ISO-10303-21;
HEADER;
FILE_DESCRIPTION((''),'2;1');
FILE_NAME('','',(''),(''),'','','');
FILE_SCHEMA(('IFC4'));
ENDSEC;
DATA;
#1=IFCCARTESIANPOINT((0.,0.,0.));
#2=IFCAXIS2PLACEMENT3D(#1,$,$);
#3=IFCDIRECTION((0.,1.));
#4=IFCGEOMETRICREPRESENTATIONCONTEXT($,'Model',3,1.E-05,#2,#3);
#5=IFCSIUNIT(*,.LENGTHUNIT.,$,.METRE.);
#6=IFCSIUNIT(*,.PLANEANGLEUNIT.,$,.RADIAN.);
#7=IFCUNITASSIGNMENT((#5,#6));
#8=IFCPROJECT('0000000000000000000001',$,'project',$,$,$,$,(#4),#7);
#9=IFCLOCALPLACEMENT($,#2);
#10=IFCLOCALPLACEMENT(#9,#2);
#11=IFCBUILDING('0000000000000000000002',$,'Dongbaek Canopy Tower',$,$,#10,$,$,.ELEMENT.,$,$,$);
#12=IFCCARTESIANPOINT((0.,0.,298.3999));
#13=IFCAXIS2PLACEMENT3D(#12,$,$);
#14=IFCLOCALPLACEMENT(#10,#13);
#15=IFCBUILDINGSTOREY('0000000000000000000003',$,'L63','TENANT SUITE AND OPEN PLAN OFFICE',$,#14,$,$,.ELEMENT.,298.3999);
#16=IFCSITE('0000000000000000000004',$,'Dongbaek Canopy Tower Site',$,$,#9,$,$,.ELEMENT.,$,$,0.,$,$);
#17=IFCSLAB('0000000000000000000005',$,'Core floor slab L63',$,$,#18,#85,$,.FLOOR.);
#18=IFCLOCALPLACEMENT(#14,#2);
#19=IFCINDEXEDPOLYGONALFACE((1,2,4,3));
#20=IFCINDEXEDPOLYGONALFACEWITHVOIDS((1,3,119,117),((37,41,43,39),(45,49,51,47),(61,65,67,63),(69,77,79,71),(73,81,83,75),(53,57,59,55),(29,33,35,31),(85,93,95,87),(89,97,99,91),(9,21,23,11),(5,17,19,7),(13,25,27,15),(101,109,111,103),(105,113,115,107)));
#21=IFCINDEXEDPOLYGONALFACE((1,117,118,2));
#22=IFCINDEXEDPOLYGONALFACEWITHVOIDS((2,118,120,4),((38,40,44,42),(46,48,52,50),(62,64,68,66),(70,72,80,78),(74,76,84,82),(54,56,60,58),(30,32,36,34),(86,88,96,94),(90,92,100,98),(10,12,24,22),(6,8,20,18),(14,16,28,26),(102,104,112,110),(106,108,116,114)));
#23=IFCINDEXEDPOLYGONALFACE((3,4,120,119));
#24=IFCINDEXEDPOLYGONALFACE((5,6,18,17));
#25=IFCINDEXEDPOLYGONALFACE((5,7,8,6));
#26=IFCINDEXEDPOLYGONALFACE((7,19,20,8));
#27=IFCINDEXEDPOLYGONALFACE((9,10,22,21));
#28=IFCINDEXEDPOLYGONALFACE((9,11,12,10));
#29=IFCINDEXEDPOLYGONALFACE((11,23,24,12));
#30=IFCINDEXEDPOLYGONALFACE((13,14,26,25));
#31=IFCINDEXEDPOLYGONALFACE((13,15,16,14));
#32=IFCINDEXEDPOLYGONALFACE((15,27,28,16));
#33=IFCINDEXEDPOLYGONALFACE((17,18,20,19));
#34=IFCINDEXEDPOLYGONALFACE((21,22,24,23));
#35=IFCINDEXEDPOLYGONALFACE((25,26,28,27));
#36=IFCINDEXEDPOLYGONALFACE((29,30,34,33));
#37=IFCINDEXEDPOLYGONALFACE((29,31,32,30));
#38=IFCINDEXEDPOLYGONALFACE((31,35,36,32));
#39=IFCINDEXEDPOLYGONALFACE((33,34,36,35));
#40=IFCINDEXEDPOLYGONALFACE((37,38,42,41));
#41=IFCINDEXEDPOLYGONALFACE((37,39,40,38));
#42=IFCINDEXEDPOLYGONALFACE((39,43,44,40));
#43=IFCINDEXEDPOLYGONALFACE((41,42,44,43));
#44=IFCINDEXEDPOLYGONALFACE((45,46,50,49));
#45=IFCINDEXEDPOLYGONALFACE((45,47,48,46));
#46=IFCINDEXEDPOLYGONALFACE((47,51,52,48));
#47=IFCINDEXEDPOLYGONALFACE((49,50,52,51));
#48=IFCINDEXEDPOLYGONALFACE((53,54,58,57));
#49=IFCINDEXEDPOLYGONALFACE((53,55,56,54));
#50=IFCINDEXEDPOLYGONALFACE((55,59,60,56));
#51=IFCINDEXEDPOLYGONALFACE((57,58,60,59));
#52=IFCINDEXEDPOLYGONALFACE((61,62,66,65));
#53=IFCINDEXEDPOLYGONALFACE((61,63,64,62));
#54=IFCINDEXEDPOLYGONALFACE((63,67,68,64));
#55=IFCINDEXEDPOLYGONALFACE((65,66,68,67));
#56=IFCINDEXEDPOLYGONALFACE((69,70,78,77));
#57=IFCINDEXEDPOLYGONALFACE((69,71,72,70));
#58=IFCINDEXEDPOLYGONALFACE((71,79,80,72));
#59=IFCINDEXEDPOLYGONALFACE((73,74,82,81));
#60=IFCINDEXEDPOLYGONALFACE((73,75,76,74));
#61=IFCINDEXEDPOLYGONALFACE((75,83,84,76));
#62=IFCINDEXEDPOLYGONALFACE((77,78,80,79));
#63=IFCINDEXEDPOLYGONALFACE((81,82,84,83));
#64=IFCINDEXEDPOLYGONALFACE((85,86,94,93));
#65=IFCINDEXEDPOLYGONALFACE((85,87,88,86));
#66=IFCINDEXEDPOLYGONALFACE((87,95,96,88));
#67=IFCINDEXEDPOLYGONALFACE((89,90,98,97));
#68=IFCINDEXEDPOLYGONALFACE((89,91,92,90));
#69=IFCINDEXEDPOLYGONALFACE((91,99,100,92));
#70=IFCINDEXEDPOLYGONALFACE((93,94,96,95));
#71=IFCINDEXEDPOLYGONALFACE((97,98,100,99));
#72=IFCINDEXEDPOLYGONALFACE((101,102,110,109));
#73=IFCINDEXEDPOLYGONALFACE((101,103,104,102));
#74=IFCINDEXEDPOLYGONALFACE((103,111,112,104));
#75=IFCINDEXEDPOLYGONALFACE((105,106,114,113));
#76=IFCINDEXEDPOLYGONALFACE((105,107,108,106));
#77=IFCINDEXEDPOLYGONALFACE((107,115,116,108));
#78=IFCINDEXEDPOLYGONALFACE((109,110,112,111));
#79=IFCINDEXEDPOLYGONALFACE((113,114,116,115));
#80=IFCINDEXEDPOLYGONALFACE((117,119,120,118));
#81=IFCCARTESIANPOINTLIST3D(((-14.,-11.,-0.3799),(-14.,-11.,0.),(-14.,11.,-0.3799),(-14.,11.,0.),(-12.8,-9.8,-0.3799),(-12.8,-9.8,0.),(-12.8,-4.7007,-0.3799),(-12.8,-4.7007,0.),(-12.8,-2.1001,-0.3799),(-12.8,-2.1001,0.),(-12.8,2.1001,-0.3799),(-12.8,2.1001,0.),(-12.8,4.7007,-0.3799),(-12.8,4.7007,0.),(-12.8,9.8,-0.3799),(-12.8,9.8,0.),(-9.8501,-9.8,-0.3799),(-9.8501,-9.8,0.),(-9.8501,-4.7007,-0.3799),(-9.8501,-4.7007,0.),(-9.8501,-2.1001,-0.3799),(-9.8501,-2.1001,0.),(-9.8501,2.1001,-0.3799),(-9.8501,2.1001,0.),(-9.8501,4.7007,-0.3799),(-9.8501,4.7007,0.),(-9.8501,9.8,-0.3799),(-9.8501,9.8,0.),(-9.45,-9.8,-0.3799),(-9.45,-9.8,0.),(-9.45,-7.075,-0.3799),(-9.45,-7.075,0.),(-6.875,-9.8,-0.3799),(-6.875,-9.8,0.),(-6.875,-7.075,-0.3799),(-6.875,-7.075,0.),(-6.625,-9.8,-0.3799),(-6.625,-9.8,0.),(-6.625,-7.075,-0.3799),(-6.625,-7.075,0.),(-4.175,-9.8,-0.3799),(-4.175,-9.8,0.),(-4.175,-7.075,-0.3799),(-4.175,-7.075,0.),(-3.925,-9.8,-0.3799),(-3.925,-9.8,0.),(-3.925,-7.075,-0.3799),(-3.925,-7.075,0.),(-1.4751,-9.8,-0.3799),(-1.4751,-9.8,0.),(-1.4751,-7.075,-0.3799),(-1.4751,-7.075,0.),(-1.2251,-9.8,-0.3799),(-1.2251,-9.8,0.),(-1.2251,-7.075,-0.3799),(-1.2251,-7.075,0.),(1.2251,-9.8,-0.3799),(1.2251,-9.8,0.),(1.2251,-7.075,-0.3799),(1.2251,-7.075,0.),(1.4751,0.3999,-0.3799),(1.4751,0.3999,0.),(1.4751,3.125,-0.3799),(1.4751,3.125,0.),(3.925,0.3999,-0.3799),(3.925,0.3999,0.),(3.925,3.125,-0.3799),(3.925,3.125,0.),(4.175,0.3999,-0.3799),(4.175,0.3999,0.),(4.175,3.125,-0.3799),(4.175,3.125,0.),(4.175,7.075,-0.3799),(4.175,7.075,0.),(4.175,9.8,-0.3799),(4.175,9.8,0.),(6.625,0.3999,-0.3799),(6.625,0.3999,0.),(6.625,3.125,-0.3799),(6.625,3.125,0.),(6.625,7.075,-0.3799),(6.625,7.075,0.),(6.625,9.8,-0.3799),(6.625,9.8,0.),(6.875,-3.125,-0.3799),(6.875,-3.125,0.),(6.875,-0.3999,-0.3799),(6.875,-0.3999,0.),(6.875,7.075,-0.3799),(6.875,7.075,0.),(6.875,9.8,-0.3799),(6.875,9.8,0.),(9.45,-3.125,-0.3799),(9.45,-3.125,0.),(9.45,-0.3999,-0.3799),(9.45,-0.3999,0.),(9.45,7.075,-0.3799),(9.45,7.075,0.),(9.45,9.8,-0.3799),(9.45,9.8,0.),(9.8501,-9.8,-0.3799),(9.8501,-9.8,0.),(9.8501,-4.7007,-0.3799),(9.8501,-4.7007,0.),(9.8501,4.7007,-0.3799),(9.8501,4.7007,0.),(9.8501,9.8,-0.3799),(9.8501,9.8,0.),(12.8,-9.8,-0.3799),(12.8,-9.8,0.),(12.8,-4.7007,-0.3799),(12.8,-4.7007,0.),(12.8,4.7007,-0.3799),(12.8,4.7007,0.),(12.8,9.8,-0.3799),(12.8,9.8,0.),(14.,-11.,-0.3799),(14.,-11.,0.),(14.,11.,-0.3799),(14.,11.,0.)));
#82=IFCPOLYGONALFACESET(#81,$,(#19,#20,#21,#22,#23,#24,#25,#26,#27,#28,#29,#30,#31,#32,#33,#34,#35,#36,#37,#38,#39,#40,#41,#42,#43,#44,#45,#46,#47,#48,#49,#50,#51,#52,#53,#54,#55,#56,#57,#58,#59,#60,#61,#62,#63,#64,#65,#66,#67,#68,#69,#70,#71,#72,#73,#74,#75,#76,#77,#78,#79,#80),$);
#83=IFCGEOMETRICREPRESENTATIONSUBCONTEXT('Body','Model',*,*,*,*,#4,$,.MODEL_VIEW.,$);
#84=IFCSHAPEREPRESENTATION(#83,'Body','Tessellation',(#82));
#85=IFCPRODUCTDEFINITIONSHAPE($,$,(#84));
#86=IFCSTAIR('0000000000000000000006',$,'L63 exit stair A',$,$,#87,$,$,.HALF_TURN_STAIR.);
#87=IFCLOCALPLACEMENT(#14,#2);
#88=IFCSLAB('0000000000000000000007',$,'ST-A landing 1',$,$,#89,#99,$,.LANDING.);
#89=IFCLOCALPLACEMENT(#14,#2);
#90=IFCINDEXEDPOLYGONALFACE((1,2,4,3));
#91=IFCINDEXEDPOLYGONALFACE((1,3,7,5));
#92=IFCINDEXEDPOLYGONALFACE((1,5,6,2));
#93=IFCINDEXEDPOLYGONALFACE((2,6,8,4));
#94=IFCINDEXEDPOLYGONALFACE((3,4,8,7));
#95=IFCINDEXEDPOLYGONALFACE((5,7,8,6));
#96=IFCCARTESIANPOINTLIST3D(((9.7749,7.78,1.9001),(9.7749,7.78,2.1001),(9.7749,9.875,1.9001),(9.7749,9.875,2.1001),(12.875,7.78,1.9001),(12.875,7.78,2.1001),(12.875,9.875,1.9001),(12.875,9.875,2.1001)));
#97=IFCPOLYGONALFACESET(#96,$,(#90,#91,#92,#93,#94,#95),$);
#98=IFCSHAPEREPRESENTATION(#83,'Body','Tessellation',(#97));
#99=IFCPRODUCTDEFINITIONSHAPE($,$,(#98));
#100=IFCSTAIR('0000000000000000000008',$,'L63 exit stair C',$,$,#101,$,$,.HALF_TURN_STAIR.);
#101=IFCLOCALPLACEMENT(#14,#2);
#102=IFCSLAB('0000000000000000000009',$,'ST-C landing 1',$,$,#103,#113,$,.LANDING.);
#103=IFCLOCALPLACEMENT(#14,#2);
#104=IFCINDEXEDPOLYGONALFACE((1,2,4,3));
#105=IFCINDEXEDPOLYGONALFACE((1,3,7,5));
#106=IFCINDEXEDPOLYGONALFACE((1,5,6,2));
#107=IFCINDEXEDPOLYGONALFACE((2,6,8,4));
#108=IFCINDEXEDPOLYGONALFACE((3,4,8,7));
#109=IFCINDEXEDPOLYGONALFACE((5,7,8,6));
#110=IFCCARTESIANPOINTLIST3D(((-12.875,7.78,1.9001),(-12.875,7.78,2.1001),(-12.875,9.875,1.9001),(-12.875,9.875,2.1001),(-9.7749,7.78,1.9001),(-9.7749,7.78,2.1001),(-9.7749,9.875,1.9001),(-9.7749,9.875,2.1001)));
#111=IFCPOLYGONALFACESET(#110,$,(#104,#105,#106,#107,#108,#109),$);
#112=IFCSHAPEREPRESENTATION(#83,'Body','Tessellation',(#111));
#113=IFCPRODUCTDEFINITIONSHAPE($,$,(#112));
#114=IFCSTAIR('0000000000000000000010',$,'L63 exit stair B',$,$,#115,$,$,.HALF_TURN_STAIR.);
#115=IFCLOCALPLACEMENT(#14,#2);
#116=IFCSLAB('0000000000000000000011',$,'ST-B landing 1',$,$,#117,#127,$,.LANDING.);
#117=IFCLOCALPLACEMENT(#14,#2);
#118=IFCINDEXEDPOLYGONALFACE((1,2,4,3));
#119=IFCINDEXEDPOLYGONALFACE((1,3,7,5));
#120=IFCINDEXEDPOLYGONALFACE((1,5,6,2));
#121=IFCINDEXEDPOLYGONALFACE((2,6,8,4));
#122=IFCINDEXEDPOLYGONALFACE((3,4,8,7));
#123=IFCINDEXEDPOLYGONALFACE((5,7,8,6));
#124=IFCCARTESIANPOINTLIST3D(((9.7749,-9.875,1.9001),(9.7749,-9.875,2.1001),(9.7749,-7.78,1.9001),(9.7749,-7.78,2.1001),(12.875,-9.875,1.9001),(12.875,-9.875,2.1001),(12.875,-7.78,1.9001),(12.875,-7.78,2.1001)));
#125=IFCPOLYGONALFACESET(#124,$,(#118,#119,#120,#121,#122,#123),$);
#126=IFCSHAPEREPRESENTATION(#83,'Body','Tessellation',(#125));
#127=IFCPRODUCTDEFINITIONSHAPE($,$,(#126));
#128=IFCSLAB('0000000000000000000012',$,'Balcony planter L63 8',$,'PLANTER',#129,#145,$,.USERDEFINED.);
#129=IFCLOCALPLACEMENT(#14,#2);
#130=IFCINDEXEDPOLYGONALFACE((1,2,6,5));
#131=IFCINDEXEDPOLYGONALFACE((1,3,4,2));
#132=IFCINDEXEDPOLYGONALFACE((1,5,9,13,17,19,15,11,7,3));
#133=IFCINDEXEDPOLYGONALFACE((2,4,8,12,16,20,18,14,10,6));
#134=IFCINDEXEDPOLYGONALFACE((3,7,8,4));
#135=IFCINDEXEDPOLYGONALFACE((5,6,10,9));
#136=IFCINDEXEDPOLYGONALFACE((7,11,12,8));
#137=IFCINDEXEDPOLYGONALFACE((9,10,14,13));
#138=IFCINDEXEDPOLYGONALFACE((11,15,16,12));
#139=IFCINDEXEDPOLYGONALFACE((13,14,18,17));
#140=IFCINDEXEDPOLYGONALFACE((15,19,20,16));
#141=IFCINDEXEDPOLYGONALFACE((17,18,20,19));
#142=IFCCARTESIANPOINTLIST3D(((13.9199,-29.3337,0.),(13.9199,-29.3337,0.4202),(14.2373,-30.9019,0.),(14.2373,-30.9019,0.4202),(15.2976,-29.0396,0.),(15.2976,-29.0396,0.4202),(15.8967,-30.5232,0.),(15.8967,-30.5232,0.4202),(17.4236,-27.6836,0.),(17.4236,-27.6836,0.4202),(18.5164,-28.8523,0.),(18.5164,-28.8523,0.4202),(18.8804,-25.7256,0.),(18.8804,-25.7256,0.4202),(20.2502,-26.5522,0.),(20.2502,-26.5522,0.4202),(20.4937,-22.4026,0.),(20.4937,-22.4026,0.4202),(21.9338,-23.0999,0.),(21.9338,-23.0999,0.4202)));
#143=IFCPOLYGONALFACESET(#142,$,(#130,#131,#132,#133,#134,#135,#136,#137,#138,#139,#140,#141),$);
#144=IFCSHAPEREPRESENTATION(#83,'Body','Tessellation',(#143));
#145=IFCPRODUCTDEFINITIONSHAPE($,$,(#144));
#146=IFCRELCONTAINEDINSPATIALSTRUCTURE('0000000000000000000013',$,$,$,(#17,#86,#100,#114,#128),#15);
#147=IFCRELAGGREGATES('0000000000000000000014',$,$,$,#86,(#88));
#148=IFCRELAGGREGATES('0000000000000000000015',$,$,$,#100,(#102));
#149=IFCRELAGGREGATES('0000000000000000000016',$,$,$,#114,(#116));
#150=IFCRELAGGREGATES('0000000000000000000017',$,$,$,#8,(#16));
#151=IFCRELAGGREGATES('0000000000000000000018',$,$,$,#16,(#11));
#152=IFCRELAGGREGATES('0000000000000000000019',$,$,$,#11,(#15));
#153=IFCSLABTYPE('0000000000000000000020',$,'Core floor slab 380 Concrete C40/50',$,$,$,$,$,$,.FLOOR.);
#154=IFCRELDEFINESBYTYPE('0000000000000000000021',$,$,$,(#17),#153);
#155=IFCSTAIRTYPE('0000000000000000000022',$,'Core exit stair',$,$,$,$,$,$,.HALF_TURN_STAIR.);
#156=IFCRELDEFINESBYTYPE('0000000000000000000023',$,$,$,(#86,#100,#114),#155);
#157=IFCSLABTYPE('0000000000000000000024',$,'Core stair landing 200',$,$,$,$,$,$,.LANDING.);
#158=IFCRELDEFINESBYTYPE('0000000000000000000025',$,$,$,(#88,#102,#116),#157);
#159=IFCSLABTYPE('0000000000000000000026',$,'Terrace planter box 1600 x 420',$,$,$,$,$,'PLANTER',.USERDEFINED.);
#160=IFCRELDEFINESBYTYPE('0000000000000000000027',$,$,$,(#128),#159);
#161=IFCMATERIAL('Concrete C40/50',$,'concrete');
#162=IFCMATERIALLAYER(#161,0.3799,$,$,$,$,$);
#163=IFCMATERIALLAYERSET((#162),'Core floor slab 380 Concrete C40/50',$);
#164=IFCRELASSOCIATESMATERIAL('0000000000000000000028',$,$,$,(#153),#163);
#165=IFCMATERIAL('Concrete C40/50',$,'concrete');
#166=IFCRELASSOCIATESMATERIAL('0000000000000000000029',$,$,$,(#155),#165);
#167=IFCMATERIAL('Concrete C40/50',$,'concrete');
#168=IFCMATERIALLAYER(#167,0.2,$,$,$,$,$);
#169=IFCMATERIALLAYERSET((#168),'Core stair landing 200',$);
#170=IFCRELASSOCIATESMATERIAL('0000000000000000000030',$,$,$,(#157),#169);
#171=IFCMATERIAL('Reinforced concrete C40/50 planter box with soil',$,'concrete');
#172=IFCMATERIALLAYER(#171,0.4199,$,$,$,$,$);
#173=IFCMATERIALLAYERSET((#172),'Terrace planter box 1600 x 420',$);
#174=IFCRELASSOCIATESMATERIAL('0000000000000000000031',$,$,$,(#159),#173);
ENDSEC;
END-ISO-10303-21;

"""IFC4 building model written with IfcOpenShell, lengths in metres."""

from ifc_helpers import new_model, si_unit, direction, frame, origin, place, context, subcontext, project, spatial, polyline, outline, extrude, material, layer, layer_set, type_object, element, aggregate, save


model = new_model("IFC4")

# Units and contexts
model_context = context("Model", 3, precision=1e-05, world=origin(), true_north=direction((0.0, 1.0)))
body_context = subcontext(model_context, "Body", "Model", "MODEL_VIEW")
ifc_project = project(units=[si_unit("LENGTHUNIT", "METRE"), si_unit("PLANEANGLEUNIT", "RADIAN")], contexts=[model_context])

# Site, building, storey
site_placement = place(None, origin())
site = spatial("IfcSite", under=ifc_project, at=site_placement, Name="Dongbaek Canopy Tower Site", CompositionType="ELEMENT", RefElevation=0.0)
building_placement = place(site_placement, origin())
building = spatial("IfcBuilding", under=site, at=building_placement, Name="Dongbaek Canopy Tower", CompositionType="ELEMENT")
storey_placement = place(building_placement, frame((0.0, 0.0, 298.3999)))
storey = spatial("IfcBuildingStorey", under=building, at=storey_placement, Name="L63", Description="TENANT SUITE AND OPEN PLAN OFFICE", CompositionType="ELEMENT", Elevation=298.3999)

# Slab
ifc_material_1 = material(Name="Concrete C40/50", Category="concrete")
ifc_layer_1 = layer(ifc_material_1, 0.3799)
ifc_layer_set_1 = layer_set([ifc_layer_1], Name="Core floor slab 380 Concrete C40/50")
slab_type_1 = type_object("IfcSlabType", Name="Core floor slab 380 Concrete C40/50", PredefinedType="FLOOR", material=ifc_layer_set_1)
slab_1_placement = place(storey_placement, frame((0.0, 0.0, -0.3799)))
element("IfcSlab", 1, at=slab_1_placement, inside=storey, type_object=slab_type_1, Name="Core floor slab L63", PredefinedType="FLOOR", context=body_context, shape_type="SweptSolid", body=[
    extrude(outline(polyline([(14.0, -11.0), (14.0, 11.0), (-14.0, 11.0), (-14.0, -11.0), (14.0, -11.0)]), holes=[polyline([(-12.8, 2.1001), (-9.8501, 2.1001), (-9.8501, -2.1001), (-12.8, -2.1001), (-12.8, 2.1001)]), polyline([(6.625, 9.8), (6.625, 7.075), (4.175, 7.075), (4.175, 9.8), (6.625, 9.8)]), polyline([(9.45, 7.075), (6.875, 7.075), (6.875, 9.8), (9.45, 9.8), (9.45, 7.075)]), polyline([(1.4751, 0.3999), (1.4751, 3.125), (3.925, 3.125), (3.925, 0.3999), (1.4751, 0.3999)]), polyline([(4.175, 0.3999), (4.175, 3.125), (6.625, 3.125), (6.625, 0.3999), (4.175, 0.3999)]), polyline([(9.45, -3.125), (6.875, -3.125), (6.875, -0.3999), (9.45, -0.3999), (9.45, -3.125)]), polyline([(-9.45, -7.075), (-6.875, -7.075), (-6.875, -9.8), (-9.45, -9.8), (-9.45, -7.075)]), polyline([(-6.625, -9.8), (-6.625, -7.075), (-4.175, -7.075), (-4.175, -9.8), (-6.625, -9.8)]), polyline([(-3.925, -9.8), (-3.925, -7.075), (-1.4751, -7.075), (-1.4751, -9.8), (-3.925, -9.8)]), polyline([(-1.2251, -9.8), (-1.2251, -7.075), (1.2251, -7.075), (1.2251, -9.8), (-1.2251, -9.8)]), polyline([(12.8, 4.7007), (12.8, 9.8), (9.8501, 9.8), (9.8501, 4.7007), (12.8, 4.7007)]), polyline([(-9.8501, 4.7007), (-9.8501, 9.8), (-12.8, 9.8), (-12.8, 4.7007), (-9.8501, 4.7007)]), polyline([(9.8501, -4.7007), (9.8501, -9.8), (12.8, -9.8), (12.8, -4.7007), (9.8501, -4.7007)]), polyline([(-12.8, -4.7007), (-12.8, -9.8), (-9.8501, -9.8), (-9.8501, -4.7007), (-12.8, -4.7007)])]), origin(), (0.0, 0.0, 1.0), 0.3799),
])

# Stairs, slabs
ifc_material_2 = material(Name="Concrete C40/50", Category="concrete")
stair_type = type_object("IfcStairType", Name="Core exit stair", PredefinedType="HALF_TURN_STAIR", material=ifc_material_2)
stair_1_placement = place(storey_placement, origin())
stair_1 = element("IfcStair", 2, at=stair_1_placement, inside=storey, type_object=stair_type, Name="L63 exit stair A", PredefinedType="HALF_TURN_STAIR")
ifc_material_3 = material(Name="Concrete C40/50", Category="concrete")
ifc_layer_2 = layer(ifc_material_3, 0.2)
ifc_layer_set_2 = layer_set([ifc_layer_2], Name="Core stair landing 200")
slab_type_2 = type_object("IfcSlabType", Name="Core stair landing 200", PredefinedType="LANDING", material=ifc_layer_set_2)
slab_2_placement = place(storey_placement, frame((0.0, 0.0, 1.9001)))
slab_2 = element("IfcSlab", 3, at=slab_2_placement, type_object=slab_type_2, Name="ST-A landing 1", PredefinedType="LANDING", context=body_context, shape_type="SweptSolid", body=[
    extrude(outline(polyline([(12.875, 7.78), (12.875, 9.875), (9.7749, 9.875), (9.7749, 7.78), (12.875, 7.78)])), origin(), (0.0, 0.0, 1.0), 0.2),
])
aggregate(stair_1, [slab_2])
stair_2_placement = place(storey_placement, origin())
stair_2 = element("IfcStair", 4, at=stair_2_placement, inside=storey, type_object=stair_type, Name="L63 exit stair C", PredefinedType="HALF_TURN_STAIR")
slab_3_placement = place(storey_placement, frame((0.0, 0.0, 1.9001)))
slab_3 = element("IfcSlab", 5, at=slab_3_placement, type_object=slab_type_2, Name="ST-C landing 1", PredefinedType="LANDING", context=body_context, shape_type="SweptSolid", body=[
    extrude(outline(polyline([(-9.7749, 7.78), (-9.7749, 9.875), (-12.875, 9.875), (-12.875, 7.78), (-9.7749, 7.78)])), origin(), (0.0, 0.0, 1.0), 0.2),
])
aggregate(stair_2, [slab_3])
stair_3_placement = place(storey_placement, origin())
stair_3 = element("IfcStair", 6, at=stair_3_placement, inside=storey, type_object=stair_type, Name="L63 exit stair B", PredefinedType="HALF_TURN_STAIR")
slab_4_placement = place(storey_placement, frame((0.0, 0.0, 1.9001)))
slab_4 = element("IfcSlab", 7, at=slab_4_placement, type_object=slab_type_2, Name="ST-B landing 1", PredefinedType="LANDING", context=body_context, shape_type="SweptSolid", body=[
    extrude(outline(polyline([(9.7749, -7.78), (9.7749, -9.875), (12.875, -9.875), (12.875, -7.78), (9.7749, -7.78)])), origin(), (0.0, 0.0, 1.0), 0.2),
])

# Slab
ifc_material_4 = material(Name="Reinforced concrete C40/50 planter box with soil", Category="concrete")
ifc_layer_3 = layer(ifc_material_4, 0.4199)
ifc_layer_set_3 = layer_set([ifc_layer_3], Name="Terrace planter box 1600 x 420")
slab_type_3 = type_object("IfcSlabType", Name="Terrace planter box 1600 x 420", ElementType="PLANTER", PredefinedType="USERDEFINED", material=ifc_layer_set_3)
slab_5_placement = place(storey_placement, origin())
element("IfcSlab", 8, at=slab_5_placement, inside=storey, type_object=slab_type_3, Name="Balcony planter L63 8", ObjectType="PLANTER", PredefinedType="USERDEFINED", context=body_context, shape_type="SweptSolid", body=[
    extrude(outline(polyline([(13.9199, -29.3337), (15.2976, -29.0396), (17.4236, -27.6836), (18.8804, -25.7256), (20.4937, -22.4026), (21.9338, -23.0999), (20.2502, -26.5522), (18.5164, -28.8523), (15.8967, -30.5232), (14.2373, -30.9019), (13.9199, -29.3337)])), origin(), (0.0, 0.0, 1.0), 0.4202),
])

aggregate(stair_3, [slab_4])

save(model, "model.ifc")
